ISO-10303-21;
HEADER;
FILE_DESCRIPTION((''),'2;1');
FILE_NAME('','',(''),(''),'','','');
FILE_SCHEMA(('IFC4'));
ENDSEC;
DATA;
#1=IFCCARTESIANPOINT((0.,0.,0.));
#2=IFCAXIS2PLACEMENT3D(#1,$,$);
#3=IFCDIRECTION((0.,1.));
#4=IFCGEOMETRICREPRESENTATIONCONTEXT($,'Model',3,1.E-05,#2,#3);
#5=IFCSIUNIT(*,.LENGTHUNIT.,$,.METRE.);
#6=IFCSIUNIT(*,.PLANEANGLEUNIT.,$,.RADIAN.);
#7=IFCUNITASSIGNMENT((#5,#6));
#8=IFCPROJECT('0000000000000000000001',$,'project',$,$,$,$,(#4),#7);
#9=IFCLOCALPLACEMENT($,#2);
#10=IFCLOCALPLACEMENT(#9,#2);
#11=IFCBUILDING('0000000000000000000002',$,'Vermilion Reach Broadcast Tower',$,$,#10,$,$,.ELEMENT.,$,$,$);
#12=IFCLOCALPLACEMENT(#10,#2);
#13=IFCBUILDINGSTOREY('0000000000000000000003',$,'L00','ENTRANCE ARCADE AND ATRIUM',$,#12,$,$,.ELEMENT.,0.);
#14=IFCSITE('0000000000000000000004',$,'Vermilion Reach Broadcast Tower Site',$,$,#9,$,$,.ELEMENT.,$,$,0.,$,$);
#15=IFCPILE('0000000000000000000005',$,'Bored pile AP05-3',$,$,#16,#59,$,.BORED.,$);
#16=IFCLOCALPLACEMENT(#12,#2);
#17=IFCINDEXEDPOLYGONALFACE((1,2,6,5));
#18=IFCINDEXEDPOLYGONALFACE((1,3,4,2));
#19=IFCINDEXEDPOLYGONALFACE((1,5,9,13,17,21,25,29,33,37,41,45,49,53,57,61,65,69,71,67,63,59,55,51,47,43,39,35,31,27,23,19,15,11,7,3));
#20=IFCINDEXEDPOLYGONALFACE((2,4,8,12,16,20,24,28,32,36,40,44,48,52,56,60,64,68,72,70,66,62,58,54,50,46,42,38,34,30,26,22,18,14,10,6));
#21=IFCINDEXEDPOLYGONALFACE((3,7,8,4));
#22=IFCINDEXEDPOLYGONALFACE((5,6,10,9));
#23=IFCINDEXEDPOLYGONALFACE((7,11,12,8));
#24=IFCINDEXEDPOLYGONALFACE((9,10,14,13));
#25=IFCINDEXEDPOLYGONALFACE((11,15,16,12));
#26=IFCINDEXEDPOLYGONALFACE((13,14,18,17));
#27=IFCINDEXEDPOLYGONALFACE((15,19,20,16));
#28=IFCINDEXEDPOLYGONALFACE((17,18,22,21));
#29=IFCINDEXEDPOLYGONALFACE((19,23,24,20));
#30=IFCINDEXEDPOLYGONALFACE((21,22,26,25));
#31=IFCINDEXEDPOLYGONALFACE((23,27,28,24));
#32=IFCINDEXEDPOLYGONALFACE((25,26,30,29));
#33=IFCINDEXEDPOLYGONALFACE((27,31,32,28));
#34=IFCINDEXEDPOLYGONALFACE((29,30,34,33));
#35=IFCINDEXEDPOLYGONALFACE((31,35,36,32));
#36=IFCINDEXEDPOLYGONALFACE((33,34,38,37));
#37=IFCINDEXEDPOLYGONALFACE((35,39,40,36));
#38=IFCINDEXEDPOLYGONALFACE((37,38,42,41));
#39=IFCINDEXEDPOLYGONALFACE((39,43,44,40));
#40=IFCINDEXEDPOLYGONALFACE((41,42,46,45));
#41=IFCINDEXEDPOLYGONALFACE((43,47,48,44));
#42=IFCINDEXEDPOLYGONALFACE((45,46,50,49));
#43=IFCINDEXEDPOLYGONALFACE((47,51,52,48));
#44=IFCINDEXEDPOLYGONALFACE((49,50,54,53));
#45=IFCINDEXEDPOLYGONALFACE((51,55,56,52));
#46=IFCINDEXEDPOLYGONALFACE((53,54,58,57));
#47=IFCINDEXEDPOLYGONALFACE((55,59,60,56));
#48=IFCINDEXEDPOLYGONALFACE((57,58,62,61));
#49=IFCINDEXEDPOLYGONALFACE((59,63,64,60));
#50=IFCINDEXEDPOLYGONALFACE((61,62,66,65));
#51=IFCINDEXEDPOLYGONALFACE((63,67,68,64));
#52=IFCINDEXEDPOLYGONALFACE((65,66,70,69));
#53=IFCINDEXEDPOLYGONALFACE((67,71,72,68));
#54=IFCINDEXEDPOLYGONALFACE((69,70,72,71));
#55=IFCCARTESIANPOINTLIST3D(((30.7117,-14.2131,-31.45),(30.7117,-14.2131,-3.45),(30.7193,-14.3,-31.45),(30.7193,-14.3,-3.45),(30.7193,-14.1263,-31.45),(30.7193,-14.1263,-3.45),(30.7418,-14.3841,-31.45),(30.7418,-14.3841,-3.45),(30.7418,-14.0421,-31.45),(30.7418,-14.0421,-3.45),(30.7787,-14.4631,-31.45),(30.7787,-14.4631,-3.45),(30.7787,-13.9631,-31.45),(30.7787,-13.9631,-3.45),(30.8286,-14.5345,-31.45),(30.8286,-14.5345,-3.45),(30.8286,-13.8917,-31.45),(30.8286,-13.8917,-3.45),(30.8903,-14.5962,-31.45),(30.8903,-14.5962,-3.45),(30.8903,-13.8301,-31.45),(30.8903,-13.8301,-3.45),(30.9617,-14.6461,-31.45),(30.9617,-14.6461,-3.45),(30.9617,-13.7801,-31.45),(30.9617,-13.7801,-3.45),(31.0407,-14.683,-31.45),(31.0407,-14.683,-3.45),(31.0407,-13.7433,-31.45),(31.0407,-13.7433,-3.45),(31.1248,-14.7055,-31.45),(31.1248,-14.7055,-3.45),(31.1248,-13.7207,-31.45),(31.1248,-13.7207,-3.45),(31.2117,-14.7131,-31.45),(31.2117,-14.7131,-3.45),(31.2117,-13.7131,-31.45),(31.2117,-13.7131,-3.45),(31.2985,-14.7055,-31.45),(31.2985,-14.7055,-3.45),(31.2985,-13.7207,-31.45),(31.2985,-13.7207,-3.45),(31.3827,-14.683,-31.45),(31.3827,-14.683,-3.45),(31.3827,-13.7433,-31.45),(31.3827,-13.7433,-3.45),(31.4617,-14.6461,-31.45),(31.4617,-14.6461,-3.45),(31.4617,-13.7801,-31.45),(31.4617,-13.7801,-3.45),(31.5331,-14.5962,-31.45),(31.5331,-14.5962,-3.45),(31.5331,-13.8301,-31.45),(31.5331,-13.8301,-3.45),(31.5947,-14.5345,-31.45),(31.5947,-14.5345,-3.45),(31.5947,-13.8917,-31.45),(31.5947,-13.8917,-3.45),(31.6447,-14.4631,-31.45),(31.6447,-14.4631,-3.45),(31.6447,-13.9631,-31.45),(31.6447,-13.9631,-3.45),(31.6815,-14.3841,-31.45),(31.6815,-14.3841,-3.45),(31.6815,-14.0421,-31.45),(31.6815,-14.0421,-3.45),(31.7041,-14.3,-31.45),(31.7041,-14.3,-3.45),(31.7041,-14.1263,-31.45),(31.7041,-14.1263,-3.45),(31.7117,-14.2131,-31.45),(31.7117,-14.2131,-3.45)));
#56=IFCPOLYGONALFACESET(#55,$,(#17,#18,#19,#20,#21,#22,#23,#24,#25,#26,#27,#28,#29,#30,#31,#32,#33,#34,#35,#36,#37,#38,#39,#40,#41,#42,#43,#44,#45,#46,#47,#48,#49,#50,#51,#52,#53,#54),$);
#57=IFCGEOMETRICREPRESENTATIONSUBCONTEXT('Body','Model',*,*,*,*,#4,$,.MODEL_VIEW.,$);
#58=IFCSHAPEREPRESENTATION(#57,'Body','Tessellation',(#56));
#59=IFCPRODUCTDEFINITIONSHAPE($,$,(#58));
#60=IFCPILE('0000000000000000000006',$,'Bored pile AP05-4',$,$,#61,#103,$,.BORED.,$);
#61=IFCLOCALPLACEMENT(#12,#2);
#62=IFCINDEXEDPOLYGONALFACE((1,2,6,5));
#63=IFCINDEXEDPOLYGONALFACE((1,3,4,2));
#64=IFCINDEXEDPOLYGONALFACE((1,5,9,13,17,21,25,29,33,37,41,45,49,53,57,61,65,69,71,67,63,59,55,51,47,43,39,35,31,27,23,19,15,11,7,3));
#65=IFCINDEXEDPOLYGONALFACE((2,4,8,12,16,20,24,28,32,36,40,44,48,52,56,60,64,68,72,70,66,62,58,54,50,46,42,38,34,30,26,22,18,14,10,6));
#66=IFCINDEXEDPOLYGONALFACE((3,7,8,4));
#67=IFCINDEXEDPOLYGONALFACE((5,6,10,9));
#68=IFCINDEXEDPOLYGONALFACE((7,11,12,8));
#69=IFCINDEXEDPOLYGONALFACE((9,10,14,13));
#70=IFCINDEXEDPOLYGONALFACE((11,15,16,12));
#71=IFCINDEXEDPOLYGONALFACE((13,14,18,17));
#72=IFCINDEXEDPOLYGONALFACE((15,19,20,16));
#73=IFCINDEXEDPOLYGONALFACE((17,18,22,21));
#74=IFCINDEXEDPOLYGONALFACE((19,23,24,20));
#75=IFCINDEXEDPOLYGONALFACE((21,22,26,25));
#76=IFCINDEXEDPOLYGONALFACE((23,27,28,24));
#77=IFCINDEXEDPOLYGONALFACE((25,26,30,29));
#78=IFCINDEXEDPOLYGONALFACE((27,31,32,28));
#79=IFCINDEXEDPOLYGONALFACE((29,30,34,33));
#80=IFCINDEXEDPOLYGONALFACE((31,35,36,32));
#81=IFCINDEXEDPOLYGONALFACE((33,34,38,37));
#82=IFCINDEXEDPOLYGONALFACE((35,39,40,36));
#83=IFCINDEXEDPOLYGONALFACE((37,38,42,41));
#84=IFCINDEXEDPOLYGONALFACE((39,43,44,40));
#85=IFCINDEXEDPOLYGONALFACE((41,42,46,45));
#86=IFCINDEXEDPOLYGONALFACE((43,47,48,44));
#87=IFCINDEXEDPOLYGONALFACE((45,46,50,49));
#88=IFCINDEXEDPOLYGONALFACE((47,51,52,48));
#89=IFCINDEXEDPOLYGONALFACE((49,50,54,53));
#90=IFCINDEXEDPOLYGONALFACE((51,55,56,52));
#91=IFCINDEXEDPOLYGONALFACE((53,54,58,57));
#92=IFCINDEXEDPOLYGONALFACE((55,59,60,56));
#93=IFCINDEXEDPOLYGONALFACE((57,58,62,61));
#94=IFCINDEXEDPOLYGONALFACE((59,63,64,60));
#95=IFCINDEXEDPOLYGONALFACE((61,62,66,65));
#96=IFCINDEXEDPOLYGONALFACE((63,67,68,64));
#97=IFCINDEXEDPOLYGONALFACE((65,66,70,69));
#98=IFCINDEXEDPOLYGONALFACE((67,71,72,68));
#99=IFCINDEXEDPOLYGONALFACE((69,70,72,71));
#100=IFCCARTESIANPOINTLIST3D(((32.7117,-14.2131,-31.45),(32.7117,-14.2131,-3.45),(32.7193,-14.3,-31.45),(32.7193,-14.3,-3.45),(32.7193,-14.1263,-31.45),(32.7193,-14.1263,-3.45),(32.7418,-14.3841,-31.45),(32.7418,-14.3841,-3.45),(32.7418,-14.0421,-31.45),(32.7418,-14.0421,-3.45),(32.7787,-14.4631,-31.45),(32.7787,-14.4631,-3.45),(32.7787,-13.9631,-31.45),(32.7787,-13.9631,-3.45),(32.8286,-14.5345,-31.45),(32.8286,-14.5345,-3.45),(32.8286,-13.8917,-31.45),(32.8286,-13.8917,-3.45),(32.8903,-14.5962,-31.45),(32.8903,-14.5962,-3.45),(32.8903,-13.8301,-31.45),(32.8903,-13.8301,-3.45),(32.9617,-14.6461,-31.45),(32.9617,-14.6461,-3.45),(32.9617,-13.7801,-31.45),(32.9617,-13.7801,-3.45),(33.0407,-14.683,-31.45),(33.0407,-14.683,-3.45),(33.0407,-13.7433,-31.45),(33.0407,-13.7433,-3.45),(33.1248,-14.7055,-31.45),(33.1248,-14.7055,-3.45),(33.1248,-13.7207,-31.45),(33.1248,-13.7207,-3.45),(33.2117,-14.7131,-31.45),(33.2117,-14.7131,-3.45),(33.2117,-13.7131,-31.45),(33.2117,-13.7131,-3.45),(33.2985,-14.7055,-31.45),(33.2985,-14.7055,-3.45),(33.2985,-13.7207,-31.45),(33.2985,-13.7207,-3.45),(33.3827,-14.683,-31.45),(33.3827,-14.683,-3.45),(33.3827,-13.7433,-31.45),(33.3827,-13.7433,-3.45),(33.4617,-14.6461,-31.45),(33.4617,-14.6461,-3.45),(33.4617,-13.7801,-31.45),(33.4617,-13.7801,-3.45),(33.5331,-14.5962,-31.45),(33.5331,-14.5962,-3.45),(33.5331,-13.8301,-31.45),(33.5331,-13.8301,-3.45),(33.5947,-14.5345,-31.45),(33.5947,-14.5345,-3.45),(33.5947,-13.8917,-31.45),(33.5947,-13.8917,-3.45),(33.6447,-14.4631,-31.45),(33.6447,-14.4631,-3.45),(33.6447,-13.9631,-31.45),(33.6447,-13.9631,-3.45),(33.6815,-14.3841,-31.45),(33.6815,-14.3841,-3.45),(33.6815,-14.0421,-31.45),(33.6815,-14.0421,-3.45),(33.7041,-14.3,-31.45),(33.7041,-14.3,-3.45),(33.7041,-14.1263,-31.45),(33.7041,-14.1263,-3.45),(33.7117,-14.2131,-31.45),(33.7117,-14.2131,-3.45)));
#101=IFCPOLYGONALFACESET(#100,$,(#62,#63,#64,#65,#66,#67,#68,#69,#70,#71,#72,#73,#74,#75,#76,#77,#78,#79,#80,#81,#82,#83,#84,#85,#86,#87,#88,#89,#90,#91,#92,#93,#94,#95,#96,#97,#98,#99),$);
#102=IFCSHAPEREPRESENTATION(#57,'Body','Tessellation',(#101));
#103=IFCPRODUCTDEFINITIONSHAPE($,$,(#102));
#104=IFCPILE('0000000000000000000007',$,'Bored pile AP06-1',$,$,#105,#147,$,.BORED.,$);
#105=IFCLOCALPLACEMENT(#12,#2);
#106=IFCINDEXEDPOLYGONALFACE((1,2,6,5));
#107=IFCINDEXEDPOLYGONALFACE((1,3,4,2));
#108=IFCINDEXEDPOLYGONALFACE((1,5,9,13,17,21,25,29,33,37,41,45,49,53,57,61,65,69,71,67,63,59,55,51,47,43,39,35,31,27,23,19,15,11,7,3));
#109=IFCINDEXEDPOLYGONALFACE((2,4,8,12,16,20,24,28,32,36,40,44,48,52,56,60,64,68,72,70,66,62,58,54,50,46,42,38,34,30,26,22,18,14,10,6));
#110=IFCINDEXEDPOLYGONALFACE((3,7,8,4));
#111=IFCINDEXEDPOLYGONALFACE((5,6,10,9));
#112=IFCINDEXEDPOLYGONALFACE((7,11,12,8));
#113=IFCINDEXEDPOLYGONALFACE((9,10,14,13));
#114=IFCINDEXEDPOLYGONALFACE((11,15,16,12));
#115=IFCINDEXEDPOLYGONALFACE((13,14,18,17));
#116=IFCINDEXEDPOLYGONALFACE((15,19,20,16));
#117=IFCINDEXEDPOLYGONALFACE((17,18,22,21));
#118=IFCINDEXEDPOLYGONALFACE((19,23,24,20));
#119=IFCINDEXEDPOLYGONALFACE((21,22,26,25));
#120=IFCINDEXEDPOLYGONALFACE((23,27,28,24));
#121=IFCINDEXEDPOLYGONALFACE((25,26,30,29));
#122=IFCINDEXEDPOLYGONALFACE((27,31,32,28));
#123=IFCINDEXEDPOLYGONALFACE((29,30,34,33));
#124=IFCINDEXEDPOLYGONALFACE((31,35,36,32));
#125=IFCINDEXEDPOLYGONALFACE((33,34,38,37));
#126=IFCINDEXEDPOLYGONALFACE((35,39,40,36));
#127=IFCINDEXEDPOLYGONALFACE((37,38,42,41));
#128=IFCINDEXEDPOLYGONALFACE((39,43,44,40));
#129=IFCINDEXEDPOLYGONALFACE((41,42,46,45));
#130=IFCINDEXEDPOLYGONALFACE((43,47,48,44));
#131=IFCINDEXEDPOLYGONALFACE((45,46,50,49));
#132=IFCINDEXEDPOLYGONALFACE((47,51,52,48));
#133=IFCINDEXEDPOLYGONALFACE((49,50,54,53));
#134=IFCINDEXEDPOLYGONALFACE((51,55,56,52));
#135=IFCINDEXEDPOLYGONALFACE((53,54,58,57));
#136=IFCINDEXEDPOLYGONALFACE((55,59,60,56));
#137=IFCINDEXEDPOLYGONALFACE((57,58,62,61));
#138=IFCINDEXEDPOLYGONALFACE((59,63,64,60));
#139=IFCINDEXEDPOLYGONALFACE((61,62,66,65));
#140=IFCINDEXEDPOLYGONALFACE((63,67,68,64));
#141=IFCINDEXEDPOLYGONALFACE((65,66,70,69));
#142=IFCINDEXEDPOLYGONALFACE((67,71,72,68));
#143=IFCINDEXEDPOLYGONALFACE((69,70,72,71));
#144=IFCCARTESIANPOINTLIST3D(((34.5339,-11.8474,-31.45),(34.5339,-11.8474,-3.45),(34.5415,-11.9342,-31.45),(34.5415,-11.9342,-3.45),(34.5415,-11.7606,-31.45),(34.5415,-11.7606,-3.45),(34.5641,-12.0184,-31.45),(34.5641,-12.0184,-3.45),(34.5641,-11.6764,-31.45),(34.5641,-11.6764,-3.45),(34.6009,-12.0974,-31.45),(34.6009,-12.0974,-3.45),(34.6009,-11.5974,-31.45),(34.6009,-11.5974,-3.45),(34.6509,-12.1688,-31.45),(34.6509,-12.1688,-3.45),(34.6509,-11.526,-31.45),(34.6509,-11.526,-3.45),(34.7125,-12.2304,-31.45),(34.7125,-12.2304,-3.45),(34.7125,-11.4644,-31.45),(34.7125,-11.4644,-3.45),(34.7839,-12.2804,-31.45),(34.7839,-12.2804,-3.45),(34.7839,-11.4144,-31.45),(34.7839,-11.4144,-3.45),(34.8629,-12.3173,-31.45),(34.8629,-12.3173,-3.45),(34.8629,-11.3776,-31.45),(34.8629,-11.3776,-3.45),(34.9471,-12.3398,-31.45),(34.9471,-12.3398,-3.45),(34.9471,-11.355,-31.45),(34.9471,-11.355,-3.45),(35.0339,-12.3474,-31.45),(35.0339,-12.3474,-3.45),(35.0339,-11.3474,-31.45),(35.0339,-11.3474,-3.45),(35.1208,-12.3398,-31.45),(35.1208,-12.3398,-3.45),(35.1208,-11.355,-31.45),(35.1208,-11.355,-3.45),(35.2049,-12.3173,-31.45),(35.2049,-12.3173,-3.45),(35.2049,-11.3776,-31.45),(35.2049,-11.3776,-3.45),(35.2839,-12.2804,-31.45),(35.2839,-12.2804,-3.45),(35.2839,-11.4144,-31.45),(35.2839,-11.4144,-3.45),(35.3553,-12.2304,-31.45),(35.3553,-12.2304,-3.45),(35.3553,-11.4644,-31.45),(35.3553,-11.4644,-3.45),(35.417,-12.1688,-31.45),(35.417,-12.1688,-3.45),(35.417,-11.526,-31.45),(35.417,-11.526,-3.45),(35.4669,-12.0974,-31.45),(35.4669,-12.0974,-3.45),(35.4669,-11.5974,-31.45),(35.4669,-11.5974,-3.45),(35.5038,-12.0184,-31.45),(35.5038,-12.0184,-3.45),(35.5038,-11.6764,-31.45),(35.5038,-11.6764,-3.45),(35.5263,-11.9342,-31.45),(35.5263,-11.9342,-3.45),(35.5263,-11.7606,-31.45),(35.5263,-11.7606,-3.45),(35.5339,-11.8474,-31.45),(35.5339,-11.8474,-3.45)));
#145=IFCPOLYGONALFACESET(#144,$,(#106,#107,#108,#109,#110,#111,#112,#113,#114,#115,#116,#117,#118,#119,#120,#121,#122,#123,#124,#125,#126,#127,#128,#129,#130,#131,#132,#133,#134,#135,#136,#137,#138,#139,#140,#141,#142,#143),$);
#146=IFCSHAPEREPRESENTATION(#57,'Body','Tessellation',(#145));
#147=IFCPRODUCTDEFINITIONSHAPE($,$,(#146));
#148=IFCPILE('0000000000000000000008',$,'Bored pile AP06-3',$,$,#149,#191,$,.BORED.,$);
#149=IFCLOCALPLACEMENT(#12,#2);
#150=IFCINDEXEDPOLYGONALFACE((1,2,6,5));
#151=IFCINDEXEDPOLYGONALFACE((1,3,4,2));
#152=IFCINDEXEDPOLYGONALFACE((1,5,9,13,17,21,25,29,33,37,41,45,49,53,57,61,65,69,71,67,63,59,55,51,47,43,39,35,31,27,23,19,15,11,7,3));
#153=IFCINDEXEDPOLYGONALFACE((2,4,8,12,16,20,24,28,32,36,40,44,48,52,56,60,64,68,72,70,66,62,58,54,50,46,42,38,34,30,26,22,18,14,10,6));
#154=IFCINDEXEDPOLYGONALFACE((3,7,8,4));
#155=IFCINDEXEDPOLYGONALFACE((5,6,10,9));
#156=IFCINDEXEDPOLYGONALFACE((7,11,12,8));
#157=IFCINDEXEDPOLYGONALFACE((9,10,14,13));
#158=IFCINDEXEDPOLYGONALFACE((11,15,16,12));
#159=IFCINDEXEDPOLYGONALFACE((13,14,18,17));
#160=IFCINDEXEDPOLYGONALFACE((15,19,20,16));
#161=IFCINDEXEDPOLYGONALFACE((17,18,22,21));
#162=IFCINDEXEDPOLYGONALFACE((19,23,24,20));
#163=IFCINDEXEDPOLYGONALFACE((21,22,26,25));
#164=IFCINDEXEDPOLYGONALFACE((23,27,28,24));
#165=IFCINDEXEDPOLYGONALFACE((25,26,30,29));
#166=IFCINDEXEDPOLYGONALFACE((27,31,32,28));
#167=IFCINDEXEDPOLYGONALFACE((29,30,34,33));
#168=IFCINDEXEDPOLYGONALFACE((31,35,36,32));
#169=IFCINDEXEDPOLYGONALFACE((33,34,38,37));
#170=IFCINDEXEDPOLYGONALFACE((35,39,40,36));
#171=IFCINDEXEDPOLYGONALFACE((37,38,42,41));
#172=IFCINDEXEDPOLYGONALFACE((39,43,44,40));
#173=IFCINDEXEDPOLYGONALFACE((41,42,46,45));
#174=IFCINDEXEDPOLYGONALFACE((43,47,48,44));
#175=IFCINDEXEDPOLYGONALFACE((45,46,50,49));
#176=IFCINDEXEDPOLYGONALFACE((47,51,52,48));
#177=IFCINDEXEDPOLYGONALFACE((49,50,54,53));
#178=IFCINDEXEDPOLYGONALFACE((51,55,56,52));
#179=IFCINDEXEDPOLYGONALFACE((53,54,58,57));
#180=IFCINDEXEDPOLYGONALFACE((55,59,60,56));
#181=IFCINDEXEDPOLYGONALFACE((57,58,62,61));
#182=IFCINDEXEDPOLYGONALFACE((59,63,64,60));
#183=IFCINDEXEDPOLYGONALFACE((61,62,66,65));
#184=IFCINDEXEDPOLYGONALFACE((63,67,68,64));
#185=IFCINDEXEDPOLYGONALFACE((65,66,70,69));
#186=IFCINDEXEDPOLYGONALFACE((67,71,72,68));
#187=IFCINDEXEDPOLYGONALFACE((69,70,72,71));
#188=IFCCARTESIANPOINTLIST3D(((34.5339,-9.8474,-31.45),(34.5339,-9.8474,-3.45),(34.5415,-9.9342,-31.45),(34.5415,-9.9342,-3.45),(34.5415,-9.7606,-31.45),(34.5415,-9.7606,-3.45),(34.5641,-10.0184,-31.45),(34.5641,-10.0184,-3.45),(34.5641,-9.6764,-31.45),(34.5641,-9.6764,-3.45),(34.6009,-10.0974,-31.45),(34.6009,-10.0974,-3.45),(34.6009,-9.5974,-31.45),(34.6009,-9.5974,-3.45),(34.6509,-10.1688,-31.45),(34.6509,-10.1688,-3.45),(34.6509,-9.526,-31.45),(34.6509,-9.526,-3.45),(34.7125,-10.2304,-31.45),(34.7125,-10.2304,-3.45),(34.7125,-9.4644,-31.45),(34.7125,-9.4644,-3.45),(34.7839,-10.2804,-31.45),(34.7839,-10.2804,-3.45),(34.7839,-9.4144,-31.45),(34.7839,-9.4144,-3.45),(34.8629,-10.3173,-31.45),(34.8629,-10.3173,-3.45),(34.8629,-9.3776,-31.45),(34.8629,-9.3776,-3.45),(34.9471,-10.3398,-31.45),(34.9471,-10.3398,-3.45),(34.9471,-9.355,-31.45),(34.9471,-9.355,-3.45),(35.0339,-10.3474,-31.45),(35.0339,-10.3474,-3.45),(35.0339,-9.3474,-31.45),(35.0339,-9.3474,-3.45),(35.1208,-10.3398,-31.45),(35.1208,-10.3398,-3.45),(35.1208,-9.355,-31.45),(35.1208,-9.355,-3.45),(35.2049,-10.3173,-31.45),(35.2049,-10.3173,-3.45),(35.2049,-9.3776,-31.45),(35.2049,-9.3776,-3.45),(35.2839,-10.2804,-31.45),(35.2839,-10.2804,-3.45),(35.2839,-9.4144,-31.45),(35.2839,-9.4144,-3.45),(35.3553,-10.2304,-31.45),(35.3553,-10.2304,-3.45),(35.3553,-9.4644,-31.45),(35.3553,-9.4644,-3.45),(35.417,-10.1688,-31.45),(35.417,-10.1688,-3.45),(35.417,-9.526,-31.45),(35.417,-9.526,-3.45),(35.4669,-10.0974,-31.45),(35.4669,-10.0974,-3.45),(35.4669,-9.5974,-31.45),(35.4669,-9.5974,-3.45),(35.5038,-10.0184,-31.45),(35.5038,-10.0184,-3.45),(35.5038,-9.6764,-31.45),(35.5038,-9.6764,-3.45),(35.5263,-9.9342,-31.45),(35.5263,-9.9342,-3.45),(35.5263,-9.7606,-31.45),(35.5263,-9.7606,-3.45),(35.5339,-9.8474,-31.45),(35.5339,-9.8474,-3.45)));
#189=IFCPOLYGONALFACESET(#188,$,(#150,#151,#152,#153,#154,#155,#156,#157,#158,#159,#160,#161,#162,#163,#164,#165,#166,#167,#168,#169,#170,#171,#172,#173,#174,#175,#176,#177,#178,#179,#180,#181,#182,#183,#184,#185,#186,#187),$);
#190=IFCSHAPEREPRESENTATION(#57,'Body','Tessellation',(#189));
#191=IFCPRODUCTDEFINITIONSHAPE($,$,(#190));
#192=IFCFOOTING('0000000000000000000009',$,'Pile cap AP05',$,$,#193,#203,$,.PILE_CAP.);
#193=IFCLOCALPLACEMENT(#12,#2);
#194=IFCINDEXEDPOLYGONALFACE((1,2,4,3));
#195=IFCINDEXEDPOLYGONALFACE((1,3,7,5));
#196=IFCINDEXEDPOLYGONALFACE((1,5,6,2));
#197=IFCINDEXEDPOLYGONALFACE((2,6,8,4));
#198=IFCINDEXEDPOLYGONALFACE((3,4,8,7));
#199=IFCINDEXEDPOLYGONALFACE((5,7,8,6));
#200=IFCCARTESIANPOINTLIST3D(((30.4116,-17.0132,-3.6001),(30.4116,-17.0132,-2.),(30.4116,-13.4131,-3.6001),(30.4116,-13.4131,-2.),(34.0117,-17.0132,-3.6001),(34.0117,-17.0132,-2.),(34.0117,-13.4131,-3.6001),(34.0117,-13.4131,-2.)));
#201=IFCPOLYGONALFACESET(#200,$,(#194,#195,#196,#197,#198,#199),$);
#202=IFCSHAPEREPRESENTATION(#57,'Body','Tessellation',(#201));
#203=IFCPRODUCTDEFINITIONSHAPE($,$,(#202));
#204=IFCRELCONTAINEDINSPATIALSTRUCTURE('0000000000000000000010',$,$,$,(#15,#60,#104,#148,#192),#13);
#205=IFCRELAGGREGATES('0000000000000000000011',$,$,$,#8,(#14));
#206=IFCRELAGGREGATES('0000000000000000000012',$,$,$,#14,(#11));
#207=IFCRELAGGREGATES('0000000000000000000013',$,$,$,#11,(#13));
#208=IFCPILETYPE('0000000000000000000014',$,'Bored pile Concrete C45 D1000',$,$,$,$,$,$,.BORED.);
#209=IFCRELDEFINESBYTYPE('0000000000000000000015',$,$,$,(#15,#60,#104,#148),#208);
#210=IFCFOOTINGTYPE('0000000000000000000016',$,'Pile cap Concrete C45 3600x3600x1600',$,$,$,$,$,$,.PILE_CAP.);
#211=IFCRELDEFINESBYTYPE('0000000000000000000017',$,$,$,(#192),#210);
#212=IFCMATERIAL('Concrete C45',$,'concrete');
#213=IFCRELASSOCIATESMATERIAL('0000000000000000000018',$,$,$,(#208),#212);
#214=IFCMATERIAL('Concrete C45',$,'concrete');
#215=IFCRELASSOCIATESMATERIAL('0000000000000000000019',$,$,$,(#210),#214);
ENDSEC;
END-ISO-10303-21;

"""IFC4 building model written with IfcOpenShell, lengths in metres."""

from ifc_helpers import new_model, si_unit, direction, frame, origin, origin_2d, place, context, subcontext, project, spatial, rectangle, circle, extrude, material, material_profile, profile_set, type_object, element, save


model = new_model("IFC4")

# Units and contexts
model_context = context("Model", 3, precision=1e-05, world=origin(), true_north=direction((0.0, 1.0)))
body_context = subcontext(model_context, "Body", "Model", "MODEL_VIEW")
ifc_project = project(units=[si_unit("LENGTHUNIT", "METRE"), si_unit("PLANEANGLEUNIT", "RADIAN")], contexts=[model_context])

# Site, building, storey
site_placement = place(None, origin())
site = spatial("IfcSite", under=ifc_project, at=site_placement, Name="Vermilion Reach Broadcast Tower Site", CompositionType="ELEMENT", RefElevation=0.0)
building_placement = place(site_placement, origin())
building = spatial("IfcBuilding", under=site, at=building_placement, Name="Vermilion Reach Broadcast Tower", CompositionType="ELEMENT")
storey_placement = place(building_placement, origin())
storey = spatial("IfcBuildingStorey", under=building, at=storey_placement, Name="L00", Description="ENTRANCE ARCADE AND ATRIUM", CompositionType="ELEMENT", Elevation=0.0)

# Piles
ifc_material_1 = material(Name="Concrete C45", Category="concrete")
ifc_material_profile_1 = material_profile(ifc_material_1, circle(Radius=0.5, at=origin_2d()), Name="Concrete C45 D1000")
ifc_profile_set_1 = profile_set([ifc_material_profile_1], Name="Concrete C45")
pile_type = type_object("IfcPileType", Name="Bored pile Concrete C45 D1000", PredefinedType="BORED", material=ifc_profile_set_1)
for number, where, z_axis, x_axis, name in (
    (1, (31.2117, -14.2131, -3.45), (0.0, 0.0, -1.0), (1.0, 0.0, 0.0), "Bored pile AP05-3"),
    (2, (33.2117, -14.2131, -3.45), (0.0, 0.0, -1.0), (1.0, 0.0, 0.0), "Bored pile AP05-4"),
    (3, (35.0339, -11.8474, -3.45), (0.0, 0.0, -1.0), (1.0, 0.0, 0.0), "Bored pile AP06-1"),
    (4, (35.0339, -9.8474, -3.45), (0.0, 0.0, -1.0), (1.0, 0.0, 0.0), "Bored pile AP06-3"),
):
    element("IfcPile", number, at=place(storey_placement, frame(where, z_axis=z_axis, x_axis=x_axis)), inside=storey, type_object=pile_type, Name=name, PredefinedType="BORED", context=body_context, shape_type="SweptSolid", body=[
        extrude(circle(Radius=0.5, at=origin_2d()), origin(), (0.0, 0.0, 1.0), 28.0),
    ])

# Footing
ifc_material_2 = material(Name="Concrete C45", Category="concrete")
footing_type = type_object("IfcFootingType", Name="Pile cap Concrete C45 3600x3600x1600", PredefinedType="PILE_CAP", material=ifc_material_2)
footing_placement = place(storey_placement, frame((32.2117, -15.2131, -3.6001), z_axis=(0.0, 0.0, 1.0), x_axis=(1.0, 0.0, 0.0)))
element("IfcFooting", 5, at=footing_placement, inside=storey, type_object=footing_type, Name="Pile cap AP05", PredefinedType="PILE_CAP", context=body_context, shape_type="SweptSolid", body=[
    extrude(rectangle(XDim=3.6001, YDim=3.6001, at=origin_2d()), origin(), (0.0, 0.0, 1.0), 1.6001),
])

save(model, "model.ifc")
